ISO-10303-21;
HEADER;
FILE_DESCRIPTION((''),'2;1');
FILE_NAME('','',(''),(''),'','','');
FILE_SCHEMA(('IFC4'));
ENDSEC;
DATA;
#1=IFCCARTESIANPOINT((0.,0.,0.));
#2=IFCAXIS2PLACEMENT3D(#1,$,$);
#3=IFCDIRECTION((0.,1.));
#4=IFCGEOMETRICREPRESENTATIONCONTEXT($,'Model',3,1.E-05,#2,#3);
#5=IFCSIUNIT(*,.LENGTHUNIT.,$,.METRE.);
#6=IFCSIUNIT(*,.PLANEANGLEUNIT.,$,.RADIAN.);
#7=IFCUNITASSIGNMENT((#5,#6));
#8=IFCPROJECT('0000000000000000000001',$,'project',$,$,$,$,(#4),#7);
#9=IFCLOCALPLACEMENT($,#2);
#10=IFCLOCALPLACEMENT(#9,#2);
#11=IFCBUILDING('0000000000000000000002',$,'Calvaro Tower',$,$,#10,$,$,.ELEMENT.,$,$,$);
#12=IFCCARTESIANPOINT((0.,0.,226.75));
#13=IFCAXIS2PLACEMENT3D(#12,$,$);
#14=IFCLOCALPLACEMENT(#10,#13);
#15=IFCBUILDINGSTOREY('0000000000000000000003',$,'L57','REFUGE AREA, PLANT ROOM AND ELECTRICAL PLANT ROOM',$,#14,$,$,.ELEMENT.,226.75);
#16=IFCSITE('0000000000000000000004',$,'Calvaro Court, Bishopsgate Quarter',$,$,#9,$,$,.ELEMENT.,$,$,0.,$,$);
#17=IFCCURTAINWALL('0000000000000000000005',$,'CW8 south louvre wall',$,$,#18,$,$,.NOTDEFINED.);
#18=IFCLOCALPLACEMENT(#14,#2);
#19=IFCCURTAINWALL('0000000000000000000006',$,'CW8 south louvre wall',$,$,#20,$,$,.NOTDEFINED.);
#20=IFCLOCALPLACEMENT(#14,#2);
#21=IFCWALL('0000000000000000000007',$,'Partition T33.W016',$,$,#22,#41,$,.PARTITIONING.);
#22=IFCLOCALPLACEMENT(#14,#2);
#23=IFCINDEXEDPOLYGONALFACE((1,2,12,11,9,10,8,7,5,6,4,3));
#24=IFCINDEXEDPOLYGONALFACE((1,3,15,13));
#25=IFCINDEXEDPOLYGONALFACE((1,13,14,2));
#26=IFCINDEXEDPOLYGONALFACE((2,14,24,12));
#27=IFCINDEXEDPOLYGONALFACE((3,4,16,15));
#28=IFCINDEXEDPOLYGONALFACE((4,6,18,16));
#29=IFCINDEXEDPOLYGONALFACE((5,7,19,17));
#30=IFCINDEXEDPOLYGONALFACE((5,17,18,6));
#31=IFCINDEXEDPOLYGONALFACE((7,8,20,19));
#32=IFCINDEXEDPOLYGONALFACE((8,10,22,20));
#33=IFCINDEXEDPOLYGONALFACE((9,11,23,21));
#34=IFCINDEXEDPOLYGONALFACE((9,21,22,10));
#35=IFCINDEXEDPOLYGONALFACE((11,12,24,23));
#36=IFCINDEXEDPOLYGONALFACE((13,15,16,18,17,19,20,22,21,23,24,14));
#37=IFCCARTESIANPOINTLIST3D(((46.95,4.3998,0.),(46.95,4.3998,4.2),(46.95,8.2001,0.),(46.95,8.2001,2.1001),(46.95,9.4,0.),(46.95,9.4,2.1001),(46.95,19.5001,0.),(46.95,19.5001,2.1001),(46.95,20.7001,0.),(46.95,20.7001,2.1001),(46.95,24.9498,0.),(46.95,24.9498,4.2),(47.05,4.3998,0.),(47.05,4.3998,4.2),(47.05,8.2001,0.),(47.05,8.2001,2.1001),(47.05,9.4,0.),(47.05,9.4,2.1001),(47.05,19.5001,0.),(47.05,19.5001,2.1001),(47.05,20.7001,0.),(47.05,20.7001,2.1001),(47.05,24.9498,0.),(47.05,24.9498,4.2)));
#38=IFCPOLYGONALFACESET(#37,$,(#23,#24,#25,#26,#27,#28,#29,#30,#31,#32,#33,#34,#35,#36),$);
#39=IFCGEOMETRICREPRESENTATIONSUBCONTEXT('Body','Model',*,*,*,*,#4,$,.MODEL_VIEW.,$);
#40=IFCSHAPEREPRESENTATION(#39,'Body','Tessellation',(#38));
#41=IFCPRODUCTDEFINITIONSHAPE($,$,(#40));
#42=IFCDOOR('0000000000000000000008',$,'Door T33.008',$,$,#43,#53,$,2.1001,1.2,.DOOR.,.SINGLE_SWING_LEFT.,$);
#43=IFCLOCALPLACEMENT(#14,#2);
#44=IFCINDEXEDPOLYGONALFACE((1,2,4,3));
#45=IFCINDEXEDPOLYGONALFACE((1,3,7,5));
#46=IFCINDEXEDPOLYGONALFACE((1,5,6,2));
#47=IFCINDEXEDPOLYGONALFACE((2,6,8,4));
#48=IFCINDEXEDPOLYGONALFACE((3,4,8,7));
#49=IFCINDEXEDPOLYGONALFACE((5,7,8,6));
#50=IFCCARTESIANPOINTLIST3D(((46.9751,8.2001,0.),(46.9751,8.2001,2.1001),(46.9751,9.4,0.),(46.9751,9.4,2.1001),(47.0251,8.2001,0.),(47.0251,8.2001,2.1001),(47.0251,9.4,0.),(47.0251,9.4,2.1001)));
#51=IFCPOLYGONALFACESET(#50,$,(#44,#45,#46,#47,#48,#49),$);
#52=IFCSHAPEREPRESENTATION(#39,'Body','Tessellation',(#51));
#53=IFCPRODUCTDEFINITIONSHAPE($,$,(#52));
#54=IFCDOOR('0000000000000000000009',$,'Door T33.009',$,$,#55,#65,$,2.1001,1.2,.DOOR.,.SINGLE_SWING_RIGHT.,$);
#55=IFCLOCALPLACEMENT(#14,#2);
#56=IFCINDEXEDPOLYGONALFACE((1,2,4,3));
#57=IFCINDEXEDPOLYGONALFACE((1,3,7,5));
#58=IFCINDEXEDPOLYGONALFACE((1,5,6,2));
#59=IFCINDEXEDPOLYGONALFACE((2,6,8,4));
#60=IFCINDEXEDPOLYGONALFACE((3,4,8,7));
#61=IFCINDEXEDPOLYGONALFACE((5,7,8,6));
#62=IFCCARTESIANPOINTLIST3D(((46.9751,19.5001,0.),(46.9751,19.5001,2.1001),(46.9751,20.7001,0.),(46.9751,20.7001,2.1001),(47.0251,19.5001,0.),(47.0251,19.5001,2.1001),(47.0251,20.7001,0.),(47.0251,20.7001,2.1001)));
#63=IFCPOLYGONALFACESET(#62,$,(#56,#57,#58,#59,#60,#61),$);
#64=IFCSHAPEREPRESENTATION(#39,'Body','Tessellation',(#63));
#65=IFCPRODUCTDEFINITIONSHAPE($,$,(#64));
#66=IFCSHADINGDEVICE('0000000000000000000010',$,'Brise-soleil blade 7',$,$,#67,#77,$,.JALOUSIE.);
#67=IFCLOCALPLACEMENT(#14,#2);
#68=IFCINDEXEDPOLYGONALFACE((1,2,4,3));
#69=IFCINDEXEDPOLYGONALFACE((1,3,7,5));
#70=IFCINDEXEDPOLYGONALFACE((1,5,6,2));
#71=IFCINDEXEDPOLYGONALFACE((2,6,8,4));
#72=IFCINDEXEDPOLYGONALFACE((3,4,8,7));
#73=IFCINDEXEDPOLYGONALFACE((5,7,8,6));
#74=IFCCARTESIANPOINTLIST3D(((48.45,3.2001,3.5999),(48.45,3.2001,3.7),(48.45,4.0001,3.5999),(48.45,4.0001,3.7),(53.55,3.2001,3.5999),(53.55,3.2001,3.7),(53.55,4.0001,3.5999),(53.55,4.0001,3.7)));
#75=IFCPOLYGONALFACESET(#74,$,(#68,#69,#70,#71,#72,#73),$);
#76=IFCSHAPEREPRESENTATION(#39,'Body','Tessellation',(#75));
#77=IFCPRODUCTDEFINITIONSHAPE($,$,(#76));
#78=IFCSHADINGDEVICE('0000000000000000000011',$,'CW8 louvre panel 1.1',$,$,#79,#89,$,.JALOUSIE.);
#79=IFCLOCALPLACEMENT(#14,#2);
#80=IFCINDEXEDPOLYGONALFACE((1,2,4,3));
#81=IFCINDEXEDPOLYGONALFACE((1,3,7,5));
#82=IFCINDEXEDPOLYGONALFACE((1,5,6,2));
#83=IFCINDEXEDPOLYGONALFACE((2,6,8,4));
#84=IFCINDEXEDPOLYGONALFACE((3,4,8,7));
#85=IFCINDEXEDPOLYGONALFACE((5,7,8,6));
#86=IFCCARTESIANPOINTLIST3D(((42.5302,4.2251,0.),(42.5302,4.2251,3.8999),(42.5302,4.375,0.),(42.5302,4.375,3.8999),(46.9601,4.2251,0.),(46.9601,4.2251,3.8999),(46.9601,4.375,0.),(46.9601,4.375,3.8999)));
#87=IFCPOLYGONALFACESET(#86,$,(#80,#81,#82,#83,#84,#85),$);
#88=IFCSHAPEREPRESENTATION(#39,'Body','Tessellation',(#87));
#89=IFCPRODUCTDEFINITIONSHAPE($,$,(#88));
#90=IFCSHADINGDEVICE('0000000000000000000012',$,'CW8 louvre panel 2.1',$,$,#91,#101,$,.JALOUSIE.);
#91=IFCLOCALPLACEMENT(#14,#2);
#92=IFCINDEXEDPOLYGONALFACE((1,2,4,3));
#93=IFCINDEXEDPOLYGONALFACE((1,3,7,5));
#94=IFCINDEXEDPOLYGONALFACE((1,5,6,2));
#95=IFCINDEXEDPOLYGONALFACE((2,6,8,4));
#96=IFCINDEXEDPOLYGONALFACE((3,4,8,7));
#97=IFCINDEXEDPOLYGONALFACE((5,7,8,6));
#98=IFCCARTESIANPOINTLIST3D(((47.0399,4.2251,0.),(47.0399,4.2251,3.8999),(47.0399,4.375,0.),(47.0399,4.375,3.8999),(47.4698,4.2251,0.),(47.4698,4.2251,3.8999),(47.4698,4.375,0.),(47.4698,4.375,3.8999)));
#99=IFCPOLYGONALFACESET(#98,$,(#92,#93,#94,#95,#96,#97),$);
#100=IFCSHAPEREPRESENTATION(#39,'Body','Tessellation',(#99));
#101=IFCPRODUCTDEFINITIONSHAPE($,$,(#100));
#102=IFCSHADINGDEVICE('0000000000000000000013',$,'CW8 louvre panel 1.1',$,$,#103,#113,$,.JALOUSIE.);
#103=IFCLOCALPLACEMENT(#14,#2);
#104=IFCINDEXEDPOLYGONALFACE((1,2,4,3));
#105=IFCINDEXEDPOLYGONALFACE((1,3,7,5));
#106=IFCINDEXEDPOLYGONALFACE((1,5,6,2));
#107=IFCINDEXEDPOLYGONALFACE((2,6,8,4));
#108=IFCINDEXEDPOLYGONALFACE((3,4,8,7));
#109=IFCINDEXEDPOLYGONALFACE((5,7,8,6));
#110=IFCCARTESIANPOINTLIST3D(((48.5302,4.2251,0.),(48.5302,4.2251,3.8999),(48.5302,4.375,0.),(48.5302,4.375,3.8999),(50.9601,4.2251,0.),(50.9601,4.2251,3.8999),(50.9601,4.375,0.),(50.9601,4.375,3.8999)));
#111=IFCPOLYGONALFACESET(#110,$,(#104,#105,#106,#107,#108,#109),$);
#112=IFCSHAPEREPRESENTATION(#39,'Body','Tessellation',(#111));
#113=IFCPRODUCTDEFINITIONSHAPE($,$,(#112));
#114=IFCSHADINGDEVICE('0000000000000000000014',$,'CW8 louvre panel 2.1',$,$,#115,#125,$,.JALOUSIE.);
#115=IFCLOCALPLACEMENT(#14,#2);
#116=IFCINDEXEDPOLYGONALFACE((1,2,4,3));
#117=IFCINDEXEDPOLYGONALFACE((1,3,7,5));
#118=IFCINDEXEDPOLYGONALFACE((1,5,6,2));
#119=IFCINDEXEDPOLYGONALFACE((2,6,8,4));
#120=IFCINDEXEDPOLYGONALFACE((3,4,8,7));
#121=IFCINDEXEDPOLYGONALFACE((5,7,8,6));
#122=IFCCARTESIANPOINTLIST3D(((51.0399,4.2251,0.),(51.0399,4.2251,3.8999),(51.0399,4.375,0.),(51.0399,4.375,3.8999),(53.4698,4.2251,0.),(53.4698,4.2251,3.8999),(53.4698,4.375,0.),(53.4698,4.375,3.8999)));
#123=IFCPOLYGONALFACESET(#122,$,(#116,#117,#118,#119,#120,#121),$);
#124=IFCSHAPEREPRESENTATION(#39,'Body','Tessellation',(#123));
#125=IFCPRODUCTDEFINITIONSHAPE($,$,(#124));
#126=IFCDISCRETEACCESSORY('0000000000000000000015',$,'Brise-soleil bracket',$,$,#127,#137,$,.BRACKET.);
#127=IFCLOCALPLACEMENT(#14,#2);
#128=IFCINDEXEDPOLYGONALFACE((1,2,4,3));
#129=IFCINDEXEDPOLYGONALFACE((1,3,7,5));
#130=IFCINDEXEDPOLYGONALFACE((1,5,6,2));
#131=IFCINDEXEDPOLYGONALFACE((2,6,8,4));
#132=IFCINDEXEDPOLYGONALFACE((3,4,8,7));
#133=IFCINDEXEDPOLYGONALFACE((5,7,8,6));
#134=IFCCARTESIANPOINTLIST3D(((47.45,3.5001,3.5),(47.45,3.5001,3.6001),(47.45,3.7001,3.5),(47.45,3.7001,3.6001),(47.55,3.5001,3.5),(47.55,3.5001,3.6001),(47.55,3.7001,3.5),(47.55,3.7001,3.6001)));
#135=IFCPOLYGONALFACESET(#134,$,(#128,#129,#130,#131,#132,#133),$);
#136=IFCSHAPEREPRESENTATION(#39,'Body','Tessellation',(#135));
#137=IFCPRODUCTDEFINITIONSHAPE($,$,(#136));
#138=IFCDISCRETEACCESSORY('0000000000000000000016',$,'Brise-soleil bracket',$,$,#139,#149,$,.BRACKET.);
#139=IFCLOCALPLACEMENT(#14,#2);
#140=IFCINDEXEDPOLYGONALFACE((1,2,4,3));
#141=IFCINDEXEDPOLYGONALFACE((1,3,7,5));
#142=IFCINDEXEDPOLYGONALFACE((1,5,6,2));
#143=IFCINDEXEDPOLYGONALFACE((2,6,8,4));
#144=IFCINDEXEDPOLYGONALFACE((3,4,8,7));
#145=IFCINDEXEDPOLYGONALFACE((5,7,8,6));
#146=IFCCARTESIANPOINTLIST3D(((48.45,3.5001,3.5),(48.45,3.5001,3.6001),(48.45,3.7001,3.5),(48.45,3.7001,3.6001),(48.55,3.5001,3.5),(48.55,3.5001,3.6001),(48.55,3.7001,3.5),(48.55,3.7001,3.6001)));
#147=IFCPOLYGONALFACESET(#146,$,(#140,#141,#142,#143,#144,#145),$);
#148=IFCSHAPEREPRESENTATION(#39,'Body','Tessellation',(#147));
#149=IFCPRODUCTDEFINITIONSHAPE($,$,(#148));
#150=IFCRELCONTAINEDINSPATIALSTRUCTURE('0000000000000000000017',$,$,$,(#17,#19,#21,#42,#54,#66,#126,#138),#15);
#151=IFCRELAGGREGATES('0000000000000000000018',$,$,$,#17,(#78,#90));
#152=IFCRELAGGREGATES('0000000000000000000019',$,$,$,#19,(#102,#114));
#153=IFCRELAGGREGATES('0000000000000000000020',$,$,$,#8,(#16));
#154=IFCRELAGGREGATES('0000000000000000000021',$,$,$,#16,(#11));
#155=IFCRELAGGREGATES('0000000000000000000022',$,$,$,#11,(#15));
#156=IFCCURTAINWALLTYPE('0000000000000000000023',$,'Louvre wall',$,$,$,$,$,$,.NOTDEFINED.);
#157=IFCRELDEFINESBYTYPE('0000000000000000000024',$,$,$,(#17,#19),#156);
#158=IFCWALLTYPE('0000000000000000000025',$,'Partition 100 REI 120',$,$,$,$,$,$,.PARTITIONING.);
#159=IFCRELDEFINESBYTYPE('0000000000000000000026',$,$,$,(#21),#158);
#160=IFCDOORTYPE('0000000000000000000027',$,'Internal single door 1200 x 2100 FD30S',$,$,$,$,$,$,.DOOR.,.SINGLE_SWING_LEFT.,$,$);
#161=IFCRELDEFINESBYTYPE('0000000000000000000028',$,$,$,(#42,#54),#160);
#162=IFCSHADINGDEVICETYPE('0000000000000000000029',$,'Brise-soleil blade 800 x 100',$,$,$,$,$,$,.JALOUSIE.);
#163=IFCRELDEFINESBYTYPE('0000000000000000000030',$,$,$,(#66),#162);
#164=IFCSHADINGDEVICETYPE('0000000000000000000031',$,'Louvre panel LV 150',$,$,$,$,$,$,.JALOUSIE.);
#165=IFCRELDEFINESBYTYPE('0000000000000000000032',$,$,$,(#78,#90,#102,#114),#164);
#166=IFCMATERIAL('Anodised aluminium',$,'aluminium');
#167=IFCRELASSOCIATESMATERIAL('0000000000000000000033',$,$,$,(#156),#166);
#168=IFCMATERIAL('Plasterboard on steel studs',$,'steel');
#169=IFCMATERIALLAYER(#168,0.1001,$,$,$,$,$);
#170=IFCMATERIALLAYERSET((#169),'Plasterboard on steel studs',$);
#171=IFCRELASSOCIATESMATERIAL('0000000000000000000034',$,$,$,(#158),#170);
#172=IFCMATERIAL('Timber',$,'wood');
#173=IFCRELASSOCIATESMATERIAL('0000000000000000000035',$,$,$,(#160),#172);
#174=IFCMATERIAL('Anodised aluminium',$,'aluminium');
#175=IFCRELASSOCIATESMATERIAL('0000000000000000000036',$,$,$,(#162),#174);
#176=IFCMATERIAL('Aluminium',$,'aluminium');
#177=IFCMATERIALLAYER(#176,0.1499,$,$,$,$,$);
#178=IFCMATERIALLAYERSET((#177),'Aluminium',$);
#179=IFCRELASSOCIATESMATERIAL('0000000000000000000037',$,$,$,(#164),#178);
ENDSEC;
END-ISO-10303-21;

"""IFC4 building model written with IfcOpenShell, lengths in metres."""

from ifc_helpers import new_model, si_unit, direction, frame, frame_2d, origin, origin_2d, place, context, subcontext, project, spatial, rectangle, extrude, material, layer, layer_set, material_profile, profile_set, type_object, element, fill, aggregate, save


model = new_model("IFC4")

# Units and contexts
model_context = context("Model", 3, precision=1e-05, world=origin(), true_north=direction((0.0, 1.0)))
body_context = subcontext(model_context, "Body", "Model", "MODEL_VIEW")
ifc_project = project(units=[si_unit("LENGTHUNIT", "METRE"), si_unit("PLANEANGLEUNIT", "RADIAN")], contexts=[model_context])

# Site, building, storey
site_placement = place(None, origin())
site = spatial("IfcSite", under=ifc_project, at=site_placement, Name="Calvaro Court, Bishopsgate Quarter", CompositionType="ELEMENT", RefElevation=0.0)
building_placement = place(site_placement, origin())
building = spatial("IfcBuilding", under=site, at=building_placement, Name="Calvaro Tower", CompositionType="ELEMENT")
storey_placement = place(building_placement, frame((0.0, 0.0, 226.75)))
storey = spatial("IfcBuildingStorey", under=building, at=storey_placement, Name="L57", Description="REFUGE AREA, PLANT ROOM AND ELECTRICAL PLANT ROOM", CompositionType="ELEMENT", Elevation=226.75)

# Curtain walls
ifc_material_1 = material(Name="Anodised aluminium", Category="aluminium")
curtain_wall_type = type_object("IfcCurtainWallType", Name="Louvre wall", PredefinedType="NOTDEFINED", material=ifc_material_1)
curtain_wall_1_placement = place(storey_placement, origin())
curtain_wall_1 = element("IfcCurtainWall", 1, at=curtain_wall_1_placement, inside=storey, type_object=curtain_wall_type, Name="CW8 south louvre wall", PredefinedType="NOTDEFINED")
curtain_wall_2_placement = place(storey_placement, origin())
curtain_wall_2 = element("IfcCurtainWall", 2, at=curtain_wall_2_placement, inside=storey, type_object=curtain_wall_type, Name="CW8 south louvre wall", PredefinedType="NOTDEFINED")

# Wall, openings, doors
ifc_material_2 = material(Name="Plasterboard on steel studs", Category="steel")
ifc_layer_1 = layer(ifc_material_2, 0.1001)
ifc_layer_set_1 = layer_set([ifc_layer_1], Name="Plasterboard on steel studs")
wall_type = type_object("IfcWallType", Name="Partition 100 REI 120", PredefinedType="PARTITIONING", material=ifc_layer_set_1)
wall_placement = place(storey_placement, frame((47.0, 4.3999, 0.0), z_axis=(0.0, 0.0, 1.0), x_axis=(0.0, 1.0, 0.0)))
wall = element("IfcWall", 3, at=wall_placement, inside=storey, type_object=wall_type, Name="Partition T33.W016", PredefinedType="PARTITIONING", context=body_context, shape_type="SweptSolid", body=[
    extrude(rectangle(XDim=20.55, YDim=0.1001, at=frame_2d((10.2749, 0.0))), origin(), (0.0, 0.0, 1.0), 4.2),
])
opening_1_placement = place(wall_placement, frame((3.8, 0.0, 0.0)))
opening_1 = element("IfcOpeningElement", 4, at=opening_1_placement, cuts=wall, PredefinedType="OPENING", context=body_context, shape_type="SweptSolid", body=[
    extrude(rectangle(XDim=1.2, YDim=2.1001, at=frame_2d((0.6001, 1.05))), frame((0.0, 0.0601, 0.0), z_axis=(0.0, -1.0, 0.0), x_axis=(1.0, 0.0, 0.0)), (0.0, 0.0, 1.0), 0.1201),
])
opening_2_placement = place(wall_placement, frame((15.1001, 0.0, 0.0)))
opening_2 = element("IfcOpeningElement", 5, at=opening_2_placement, cuts=wall, PredefinedType="OPENING", context=body_context, shape_type="SweptSolid", body=[
    extrude(rectangle(XDim=1.2, YDim=2.1001, at=frame_2d((0.6001, 1.05))), frame((0.0, 0.0601, 0.0), z_axis=(0.0, -1.0, 0.0), x_axis=(1.0, 0.0, 0.0)), (0.0, 0.0, 1.0), 0.1201),
])
ifc_material_3 = material(Name="Timber", Category="wood")
door_type = type_object("IfcDoorType", Name="Internal single door 1200 x 2100 FD30S", OperationType="SINGLE_SWING_LEFT", PredefinedType="DOOR", material=ifc_material_3)
door_1_placement = place(opening_1_placement, origin())
door_1 = element("IfcDoor", 6, at=door_1_placement, inside=storey, type_object=door_type, Name="Door T33.008", OperationType="SINGLE_SWING_LEFT", OverallHeight=2.1001, OverallWidth=1.2, PredefinedType="DOOR", context=body_context, shape_type="SweptSolid", body=[
    extrude(rectangle(XDim=1.2, YDim=2.1001, at=frame_2d((0.6001, 1.05))), frame((0.0, 0.0249, 0.0), z_axis=(0.0, -1.0, 0.0), x_axis=(1.0, 0.0, 0.0)), (0.0, 0.0, 1.0), 0.05),
])
fill(opening_1, door_1)
door_2_placement = place(opening_2_placement, origin())
door_2 = element("IfcDoor", 7, at=door_2_placement, inside=storey, type_object=door_type, Name="Door T33.009", OperationType="SINGLE_SWING_RIGHT", OverallHeight=2.1001, OverallWidth=1.2, PredefinedType="DOOR", context=body_context, shape_type="SweptSolid", body=[
    extrude(rectangle(XDim=1.2, YDim=2.1001, at=frame_2d((0.6001, 1.05))), frame((0.0, 0.0249, 0.0), z_axis=(0.0, -1.0, 0.0), x_axis=(1.0, 0.0, 0.0)), (0.0, 0.0, 1.0), 0.05),
])
fill(opening_2, door_2)

# Shading devices
ifc_material_4 = material(Name="Anodised aluminium", Category="aluminium")
ifc_material_profile_1 = material_profile(ifc_material_4, rectangle(XDim=0.8, YDim=0.1001, at=origin_2d()), Name="Brise-soleil blade 800 x 100")
ifc_profile_set_1 = profile_set([ifc_material_profile_1], Name="Anodised aluminium")
shading_device_type_1 = type_object("IfcShadingDeviceType", Name="Brise-soleil blade 800 x 100", PredefinedType="JALOUSIE", material=ifc_profile_set_1)
shading_device_1_placement = place(storey_placement, frame((48.45, 3.6001, 3.6499), z_axis=(1.0, 0.0, 0.0), x_axis=(0.0, 1.0, 0.0)))
element("IfcShadingDevice", 8, at=shading_device_1_placement, inside=storey, type_object=shading_device_type_1, Name="Brise-soleil blade 7", PredefinedType="JALOUSIE", context=body_context, shape_type="SweptSolid", body=[
    extrude(rectangle(XDim=0.8, YDim=0.1001, at=origin_2d()), origin(), (0.0, 0.0, 1.0), 5.1001),
])
ifc_material_5 = material(Name="Aluminium", Category="aluminium")
ifc_layer_2 = layer(ifc_material_5, 0.1499)
ifc_layer_set_2 = layer_set([ifc_layer_2], Name="Aluminium")
shading_device_type_2 = type_object("IfcShadingDeviceType", Name="Louvre panel LV 150", PredefinedType="JALOUSIE", material=ifc_layer_set_2)
shading_device_2_placement = place(storey_placement, frame((44.7451, 4.3, 0.0), z_axis=(0.0, 0.0, 1.0), x_axis=(1.0, 0.0, 0.0)))
shading_device_2 = element("IfcShadingDevice", 9, at=shading_device_2_placement, type_object=shading_device_type_2, Name="CW8 louvre panel 1.1", PredefinedType="JALOUSIE", context=body_context, shape_type="SweptSolid", body=[
    extrude(rectangle(XDim=4.4299, YDim=0.1499, at=origin_2d()), origin(), (0.0, 0.0, 1.0), 3.8999),
])
shading_device_3_placement = place(storey_placement, frame((47.2549, 4.3, 0.0), z_axis=(0.0, 0.0, 1.0), x_axis=(1.0, 0.0, 0.0)))
shading_device_3 = element("IfcShadingDevice", 10, at=shading_device_3_placement, type_object=shading_device_type_2, Name="CW8 louvre panel 2.1", PredefinedType="JALOUSIE", context=body_context, shape_type="SweptSolid", body=[
    extrude(rectangle(XDim=0.4299, YDim=0.1499, at=origin_2d()), origin(), (0.0, 0.0, 1.0), 3.8999),
])
aggregate(curtain_wall_1, [shading_device_2, shading_device_3])
shading_device_4_placement = place(storey_placement, frame((49.7451, 4.3, 0.0), z_axis=(0.0, 0.0, 1.0), x_axis=(1.0, 0.0, 0.0)))
shading_device_4 = element("IfcShadingDevice", 11, at=shading_device_4_placement, type_object=shading_device_type_2, Name="CW8 louvre panel 1.1", PredefinedType="JALOUSIE", context=body_context, shape_type="SweptSolid", body=[
    extrude(rectangle(XDim=2.4299, YDim=0.1499, at=origin_2d()), origin(), (0.0, 0.0, 1.0), 3.8999),
])
shading_device_5_placement = place(storey_placement, frame((52.2549, 4.3, 0.0), z_axis=(0.0, 0.0, 1.0), x_axis=(1.0, 0.0, 0.0)))
shading_device_5 = element("IfcShadingDevice", 12, at=shading_device_5_placement, type_object=shading_device_type_2, Name="CW8 louvre panel 2.1", PredefinedType="JALOUSIE", context=body_context, shape_type="SweptSolid", body=[
    extrude(rectangle(XDim=2.4299, YDim=0.1499, at=origin_2d()), origin(), (0.0, 0.0, 1.0), 3.8999),
])
aggregate(curtain_wall_2, [shading_device_4, shading_device_5])

# Discrete accessories
for number, where, z_axis, x_axis, name in (
    (13, (47.5, 3.6001, 3.5), (0.0, 0.0, 1.0), (1.0, 0.0, 0.0), "Brise-soleil bracket"),
    (14, (48.5, 3.6001, 3.5), (0.0, 0.0, 1.0), (1.0, 0.0, 0.0), "Brise-soleil bracket"),
):
    element("IfcDiscreteAccessory", number, at=place(storey_placement, frame(where, z_axis=z_axis, x_axis=x_axis)), inside=storey, Name=name, PredefinedType="BRACKET", context=body_context, shape_type="SweptSolid", body=[
        extrude(rectangle(XDim=0.1001, YDim=0.2, at=origin_2d()), origin(), (0.0, 0.0, 1.0), 0.1001),
    ])

save(model, "model.ifc")
